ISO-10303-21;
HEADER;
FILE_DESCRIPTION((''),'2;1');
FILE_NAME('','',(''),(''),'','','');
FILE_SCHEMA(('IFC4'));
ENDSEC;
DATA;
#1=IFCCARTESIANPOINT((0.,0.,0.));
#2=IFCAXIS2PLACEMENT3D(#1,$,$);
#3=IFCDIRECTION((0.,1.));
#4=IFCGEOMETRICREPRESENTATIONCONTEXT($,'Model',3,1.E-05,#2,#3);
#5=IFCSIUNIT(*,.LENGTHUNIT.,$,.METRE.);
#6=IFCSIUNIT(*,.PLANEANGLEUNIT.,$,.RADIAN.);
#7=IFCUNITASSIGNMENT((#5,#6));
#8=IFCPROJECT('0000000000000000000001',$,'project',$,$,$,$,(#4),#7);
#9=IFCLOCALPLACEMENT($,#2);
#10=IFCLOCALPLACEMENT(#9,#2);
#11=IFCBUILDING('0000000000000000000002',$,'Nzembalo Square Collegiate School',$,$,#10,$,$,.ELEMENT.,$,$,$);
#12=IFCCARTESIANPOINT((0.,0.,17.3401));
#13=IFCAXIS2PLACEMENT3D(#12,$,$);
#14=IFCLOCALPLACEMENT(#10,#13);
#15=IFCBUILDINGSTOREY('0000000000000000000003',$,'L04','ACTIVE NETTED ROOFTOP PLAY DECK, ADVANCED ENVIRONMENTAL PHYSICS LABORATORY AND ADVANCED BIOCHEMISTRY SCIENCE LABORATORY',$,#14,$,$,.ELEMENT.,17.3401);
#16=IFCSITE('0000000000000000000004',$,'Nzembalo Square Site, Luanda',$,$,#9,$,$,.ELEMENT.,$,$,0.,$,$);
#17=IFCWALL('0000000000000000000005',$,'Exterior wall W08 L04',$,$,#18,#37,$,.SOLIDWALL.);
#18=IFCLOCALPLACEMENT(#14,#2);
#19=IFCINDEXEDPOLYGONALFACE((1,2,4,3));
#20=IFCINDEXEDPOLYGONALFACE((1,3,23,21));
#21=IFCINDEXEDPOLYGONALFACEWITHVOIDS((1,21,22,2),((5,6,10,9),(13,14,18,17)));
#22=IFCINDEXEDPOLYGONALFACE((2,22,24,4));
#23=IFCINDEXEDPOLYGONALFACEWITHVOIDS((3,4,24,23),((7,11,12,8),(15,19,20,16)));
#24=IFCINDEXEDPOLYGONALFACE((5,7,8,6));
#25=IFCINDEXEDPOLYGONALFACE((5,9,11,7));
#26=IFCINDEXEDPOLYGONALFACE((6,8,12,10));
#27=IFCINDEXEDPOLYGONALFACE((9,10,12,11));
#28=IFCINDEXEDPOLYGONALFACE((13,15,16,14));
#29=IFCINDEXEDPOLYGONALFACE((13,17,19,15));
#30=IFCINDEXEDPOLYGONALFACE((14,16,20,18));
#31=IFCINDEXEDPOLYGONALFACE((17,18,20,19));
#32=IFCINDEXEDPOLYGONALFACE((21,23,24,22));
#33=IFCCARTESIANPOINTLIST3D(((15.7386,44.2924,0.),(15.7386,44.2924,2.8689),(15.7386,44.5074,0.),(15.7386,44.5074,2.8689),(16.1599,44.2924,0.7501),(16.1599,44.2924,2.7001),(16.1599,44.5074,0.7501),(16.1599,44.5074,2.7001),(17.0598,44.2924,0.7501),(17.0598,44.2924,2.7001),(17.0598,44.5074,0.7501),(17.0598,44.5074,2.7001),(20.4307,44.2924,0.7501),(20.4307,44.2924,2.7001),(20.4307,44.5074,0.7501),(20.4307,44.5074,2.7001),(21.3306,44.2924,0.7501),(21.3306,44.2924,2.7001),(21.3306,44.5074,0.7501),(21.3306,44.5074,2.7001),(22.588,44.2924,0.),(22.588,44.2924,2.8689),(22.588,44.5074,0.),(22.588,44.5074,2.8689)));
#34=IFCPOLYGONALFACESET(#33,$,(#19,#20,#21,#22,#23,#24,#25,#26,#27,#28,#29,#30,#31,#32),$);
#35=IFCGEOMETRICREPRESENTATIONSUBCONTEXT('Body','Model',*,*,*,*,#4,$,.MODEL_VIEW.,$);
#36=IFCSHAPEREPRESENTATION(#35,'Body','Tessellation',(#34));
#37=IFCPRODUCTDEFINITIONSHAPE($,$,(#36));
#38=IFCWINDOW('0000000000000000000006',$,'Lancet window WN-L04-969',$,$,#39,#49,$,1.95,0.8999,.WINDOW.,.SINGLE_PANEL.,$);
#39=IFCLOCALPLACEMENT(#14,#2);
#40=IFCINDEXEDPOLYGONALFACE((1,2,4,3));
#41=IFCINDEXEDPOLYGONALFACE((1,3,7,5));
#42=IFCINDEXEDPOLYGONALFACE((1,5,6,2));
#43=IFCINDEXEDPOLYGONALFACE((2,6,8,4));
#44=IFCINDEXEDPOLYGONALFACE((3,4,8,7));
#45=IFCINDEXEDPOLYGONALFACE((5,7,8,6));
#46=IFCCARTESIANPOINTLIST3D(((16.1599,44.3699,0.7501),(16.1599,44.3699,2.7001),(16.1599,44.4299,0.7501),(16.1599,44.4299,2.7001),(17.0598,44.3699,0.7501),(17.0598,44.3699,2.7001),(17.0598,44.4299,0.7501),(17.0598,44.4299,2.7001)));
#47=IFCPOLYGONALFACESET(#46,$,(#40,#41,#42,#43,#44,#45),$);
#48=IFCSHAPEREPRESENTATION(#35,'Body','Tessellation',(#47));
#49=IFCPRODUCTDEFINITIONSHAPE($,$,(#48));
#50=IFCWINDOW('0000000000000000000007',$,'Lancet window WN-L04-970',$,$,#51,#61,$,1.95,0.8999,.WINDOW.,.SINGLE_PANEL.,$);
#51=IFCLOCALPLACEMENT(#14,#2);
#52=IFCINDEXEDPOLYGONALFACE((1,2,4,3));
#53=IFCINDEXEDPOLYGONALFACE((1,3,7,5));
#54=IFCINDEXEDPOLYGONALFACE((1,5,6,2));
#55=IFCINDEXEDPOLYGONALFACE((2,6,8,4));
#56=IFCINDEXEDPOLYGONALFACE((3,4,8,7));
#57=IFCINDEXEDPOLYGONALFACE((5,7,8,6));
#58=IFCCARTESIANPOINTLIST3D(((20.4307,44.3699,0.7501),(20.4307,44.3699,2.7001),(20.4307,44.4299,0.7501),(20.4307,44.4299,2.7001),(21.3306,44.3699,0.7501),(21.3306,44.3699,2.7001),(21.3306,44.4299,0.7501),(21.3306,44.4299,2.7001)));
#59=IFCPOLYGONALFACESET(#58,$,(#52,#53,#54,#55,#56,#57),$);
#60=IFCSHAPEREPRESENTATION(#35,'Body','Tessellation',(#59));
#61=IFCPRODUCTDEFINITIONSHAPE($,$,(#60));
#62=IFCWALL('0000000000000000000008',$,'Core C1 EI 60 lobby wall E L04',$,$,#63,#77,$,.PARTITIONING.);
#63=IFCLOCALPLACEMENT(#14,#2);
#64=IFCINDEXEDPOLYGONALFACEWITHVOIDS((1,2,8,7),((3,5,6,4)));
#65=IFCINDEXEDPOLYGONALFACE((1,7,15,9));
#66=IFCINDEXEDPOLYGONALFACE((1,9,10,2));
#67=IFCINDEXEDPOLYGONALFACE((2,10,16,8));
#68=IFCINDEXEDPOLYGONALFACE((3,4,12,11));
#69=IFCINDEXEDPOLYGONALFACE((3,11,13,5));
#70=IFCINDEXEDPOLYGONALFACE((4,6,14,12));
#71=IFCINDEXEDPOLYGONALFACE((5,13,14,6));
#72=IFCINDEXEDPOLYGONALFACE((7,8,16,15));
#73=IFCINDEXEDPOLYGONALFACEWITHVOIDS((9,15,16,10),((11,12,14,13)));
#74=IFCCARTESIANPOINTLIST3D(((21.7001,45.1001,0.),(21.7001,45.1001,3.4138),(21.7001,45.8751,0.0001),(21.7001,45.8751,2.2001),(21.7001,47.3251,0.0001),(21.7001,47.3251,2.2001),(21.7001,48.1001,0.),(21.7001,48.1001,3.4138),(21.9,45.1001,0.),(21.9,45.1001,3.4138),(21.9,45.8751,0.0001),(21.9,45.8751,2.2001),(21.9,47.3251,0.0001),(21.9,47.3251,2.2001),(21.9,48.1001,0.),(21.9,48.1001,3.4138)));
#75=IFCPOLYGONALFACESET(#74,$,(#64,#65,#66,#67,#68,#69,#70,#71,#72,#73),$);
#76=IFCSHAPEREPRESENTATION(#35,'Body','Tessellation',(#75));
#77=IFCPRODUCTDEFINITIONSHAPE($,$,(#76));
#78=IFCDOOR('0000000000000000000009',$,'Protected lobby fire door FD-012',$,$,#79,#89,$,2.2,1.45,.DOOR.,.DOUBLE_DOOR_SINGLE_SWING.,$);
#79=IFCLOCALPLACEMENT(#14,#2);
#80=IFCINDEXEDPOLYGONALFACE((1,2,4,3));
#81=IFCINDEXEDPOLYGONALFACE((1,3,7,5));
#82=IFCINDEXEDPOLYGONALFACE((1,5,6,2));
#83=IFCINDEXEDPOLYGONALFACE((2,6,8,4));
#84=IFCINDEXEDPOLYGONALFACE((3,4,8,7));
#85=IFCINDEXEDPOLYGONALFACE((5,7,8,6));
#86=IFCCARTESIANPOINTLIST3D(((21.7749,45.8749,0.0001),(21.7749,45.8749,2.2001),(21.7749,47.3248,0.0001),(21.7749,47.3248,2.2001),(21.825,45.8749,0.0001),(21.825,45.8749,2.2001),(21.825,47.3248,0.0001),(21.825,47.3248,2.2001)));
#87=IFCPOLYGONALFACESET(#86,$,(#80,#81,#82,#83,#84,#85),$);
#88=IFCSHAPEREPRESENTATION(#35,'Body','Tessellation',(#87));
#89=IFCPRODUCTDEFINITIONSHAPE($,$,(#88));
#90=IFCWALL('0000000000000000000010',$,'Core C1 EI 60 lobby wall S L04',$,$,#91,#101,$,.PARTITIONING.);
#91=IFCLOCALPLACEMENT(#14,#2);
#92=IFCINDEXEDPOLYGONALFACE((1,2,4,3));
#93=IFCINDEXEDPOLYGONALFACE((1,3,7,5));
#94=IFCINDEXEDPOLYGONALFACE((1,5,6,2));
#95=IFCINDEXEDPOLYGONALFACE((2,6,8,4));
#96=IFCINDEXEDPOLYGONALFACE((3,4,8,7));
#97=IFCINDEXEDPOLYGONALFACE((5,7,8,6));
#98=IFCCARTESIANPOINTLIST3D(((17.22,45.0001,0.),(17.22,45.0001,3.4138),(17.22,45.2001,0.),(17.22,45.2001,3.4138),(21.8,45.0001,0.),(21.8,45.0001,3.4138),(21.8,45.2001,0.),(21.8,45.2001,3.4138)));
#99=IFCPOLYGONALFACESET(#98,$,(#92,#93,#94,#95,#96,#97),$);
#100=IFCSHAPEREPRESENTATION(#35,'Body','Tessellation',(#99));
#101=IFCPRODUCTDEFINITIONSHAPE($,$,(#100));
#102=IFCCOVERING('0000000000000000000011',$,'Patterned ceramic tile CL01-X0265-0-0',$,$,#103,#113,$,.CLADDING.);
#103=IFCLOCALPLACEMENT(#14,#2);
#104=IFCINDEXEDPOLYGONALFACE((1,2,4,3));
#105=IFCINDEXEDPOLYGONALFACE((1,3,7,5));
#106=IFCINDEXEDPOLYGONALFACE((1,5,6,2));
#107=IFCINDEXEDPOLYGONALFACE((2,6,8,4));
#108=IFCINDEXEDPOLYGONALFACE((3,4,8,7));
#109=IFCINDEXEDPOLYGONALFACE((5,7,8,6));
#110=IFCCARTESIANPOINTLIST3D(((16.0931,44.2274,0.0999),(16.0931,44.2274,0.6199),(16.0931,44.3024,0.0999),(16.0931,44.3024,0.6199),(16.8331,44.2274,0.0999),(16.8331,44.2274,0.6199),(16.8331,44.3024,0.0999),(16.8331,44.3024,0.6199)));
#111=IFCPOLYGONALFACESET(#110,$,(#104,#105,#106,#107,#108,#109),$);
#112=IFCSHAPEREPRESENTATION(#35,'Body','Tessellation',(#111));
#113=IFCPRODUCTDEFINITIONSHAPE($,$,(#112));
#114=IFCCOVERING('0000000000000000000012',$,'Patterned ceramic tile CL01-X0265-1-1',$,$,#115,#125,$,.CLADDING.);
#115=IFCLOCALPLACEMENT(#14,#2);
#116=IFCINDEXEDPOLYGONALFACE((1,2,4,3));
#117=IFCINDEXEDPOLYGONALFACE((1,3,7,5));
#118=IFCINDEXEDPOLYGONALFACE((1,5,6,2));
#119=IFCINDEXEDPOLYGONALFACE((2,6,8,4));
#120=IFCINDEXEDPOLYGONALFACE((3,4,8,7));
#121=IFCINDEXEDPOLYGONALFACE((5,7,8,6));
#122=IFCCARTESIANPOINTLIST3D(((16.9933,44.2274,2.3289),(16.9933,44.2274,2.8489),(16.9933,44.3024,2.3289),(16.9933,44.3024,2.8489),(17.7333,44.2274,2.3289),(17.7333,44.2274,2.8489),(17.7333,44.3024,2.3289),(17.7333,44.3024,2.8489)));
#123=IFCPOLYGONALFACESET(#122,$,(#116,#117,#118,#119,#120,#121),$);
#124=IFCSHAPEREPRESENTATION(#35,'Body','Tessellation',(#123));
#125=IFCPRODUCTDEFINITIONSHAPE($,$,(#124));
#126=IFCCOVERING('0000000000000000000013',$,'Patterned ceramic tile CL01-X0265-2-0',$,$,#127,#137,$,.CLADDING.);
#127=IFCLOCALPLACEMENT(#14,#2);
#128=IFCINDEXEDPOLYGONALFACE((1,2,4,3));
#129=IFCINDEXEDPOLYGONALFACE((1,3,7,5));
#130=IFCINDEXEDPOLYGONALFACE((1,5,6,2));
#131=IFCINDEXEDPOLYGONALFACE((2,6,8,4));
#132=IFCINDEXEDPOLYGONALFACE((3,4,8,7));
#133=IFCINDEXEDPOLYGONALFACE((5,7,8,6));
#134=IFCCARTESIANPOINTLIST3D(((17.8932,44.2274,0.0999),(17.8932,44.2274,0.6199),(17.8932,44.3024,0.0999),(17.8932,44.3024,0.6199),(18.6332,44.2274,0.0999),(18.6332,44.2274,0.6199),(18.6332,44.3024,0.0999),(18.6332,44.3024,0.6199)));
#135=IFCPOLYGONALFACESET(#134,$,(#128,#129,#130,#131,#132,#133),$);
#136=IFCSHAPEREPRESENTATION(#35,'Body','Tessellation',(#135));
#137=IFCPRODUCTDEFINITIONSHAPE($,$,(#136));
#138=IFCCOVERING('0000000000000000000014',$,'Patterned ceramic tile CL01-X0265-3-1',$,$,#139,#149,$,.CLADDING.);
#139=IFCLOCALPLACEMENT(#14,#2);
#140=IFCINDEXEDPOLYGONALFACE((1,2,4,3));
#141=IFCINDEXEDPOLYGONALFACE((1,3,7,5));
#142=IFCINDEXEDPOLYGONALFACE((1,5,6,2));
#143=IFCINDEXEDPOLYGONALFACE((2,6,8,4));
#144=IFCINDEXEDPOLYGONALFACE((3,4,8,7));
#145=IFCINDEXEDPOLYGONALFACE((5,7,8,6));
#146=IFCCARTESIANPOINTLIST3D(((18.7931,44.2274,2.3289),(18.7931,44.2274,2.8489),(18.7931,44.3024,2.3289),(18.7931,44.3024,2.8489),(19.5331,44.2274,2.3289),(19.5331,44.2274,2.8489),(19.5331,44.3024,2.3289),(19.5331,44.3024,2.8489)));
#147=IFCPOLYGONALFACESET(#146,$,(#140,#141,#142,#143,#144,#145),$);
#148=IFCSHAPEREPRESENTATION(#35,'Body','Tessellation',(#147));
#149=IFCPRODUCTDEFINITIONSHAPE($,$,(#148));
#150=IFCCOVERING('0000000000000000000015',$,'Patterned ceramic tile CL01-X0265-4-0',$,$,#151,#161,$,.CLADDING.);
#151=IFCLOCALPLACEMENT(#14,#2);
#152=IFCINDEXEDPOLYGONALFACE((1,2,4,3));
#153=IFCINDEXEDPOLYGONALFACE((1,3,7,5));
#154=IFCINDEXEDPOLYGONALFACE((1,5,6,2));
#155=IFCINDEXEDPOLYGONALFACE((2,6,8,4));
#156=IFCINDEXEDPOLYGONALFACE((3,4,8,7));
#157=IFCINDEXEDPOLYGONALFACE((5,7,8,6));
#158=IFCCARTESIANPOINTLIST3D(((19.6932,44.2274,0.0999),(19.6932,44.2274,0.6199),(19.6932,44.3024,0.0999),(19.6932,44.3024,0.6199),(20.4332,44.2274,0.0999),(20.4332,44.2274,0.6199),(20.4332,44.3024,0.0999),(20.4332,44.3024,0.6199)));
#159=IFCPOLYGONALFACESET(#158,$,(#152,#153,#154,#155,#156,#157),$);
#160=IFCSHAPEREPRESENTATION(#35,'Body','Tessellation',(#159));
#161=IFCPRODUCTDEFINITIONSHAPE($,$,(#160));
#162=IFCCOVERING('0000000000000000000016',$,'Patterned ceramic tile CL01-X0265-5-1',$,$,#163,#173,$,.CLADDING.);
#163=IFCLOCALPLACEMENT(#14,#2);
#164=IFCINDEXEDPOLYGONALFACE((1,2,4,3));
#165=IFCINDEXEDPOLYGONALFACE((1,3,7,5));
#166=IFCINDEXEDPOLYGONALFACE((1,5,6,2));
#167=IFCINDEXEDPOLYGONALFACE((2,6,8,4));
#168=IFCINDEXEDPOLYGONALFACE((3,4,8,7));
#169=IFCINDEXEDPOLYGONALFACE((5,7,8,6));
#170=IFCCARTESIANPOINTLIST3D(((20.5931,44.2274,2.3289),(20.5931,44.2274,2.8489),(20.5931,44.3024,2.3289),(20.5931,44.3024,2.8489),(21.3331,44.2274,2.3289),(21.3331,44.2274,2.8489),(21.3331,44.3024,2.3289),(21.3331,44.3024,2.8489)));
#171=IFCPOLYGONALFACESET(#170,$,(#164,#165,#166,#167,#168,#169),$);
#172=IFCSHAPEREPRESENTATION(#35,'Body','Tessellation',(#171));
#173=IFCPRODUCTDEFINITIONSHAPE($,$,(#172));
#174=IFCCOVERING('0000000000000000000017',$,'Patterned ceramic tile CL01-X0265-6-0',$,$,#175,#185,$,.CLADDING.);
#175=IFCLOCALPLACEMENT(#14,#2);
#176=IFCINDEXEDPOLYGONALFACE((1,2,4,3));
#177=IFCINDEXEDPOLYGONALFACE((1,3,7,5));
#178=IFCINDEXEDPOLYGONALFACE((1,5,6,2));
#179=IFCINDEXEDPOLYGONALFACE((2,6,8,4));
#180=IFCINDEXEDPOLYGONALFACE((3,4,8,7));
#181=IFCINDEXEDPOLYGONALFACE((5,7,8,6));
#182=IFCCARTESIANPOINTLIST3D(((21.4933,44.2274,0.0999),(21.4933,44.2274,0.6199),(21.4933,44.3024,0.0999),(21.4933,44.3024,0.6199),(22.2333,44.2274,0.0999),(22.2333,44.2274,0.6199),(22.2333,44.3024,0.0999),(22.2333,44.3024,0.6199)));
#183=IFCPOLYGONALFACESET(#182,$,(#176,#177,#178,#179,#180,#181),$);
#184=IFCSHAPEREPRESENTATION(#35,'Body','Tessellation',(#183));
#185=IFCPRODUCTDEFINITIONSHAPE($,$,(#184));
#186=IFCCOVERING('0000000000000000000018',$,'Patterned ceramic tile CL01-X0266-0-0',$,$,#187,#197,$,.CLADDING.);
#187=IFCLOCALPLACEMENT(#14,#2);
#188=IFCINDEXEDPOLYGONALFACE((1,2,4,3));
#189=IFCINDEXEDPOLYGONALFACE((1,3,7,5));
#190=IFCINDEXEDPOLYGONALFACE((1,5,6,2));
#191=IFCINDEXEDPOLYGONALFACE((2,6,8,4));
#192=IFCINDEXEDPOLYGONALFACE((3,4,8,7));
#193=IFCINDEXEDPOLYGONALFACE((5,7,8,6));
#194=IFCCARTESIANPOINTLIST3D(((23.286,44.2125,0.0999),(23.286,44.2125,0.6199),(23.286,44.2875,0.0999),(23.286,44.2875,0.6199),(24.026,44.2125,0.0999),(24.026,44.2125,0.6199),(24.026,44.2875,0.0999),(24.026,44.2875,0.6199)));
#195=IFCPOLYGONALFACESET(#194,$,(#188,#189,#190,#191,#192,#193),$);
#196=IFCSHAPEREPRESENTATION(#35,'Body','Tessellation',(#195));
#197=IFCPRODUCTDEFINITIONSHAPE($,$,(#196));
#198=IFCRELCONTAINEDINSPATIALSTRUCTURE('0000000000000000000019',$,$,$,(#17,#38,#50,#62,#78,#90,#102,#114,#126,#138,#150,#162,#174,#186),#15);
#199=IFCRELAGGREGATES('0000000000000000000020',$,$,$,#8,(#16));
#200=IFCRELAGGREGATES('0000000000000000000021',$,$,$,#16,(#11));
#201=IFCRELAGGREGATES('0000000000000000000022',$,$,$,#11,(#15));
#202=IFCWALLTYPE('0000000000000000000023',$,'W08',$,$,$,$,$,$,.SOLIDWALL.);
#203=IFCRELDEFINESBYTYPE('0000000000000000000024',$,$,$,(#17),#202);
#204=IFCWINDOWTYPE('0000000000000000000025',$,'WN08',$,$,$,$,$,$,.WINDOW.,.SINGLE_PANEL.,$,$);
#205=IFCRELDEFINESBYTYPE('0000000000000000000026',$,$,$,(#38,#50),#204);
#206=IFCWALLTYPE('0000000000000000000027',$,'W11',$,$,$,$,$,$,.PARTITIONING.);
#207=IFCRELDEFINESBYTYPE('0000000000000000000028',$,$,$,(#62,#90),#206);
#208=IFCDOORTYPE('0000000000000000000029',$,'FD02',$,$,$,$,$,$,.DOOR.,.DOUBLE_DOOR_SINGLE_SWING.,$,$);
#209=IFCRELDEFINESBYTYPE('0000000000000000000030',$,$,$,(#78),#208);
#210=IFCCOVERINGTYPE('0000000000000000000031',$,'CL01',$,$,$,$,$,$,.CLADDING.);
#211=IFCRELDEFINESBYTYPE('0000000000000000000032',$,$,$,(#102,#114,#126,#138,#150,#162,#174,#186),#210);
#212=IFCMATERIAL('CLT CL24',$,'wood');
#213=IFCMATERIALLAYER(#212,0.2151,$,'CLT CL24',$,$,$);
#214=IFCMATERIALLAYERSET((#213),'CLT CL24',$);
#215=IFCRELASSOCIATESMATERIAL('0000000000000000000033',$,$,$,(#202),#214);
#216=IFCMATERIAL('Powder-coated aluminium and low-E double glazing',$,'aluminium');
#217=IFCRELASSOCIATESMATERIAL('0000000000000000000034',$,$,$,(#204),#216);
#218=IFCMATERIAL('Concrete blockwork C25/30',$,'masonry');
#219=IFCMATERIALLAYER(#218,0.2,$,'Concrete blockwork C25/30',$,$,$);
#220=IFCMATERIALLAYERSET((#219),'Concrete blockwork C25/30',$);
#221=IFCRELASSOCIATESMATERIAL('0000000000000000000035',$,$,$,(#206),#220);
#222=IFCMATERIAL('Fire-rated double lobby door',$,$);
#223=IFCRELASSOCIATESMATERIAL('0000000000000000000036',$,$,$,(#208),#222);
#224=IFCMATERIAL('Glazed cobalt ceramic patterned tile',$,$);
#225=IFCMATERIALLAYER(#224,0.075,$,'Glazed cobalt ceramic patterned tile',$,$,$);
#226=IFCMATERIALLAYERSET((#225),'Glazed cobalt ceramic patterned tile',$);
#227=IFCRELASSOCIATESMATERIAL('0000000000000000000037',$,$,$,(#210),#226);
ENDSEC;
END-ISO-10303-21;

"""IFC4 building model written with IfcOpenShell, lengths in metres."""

from ifc_helpers import new_model, si_unit, direction, frame, frame_2d, origin, origin_2d, place, context, subcontext, project, spatial, rectangle, extrude, material, layer, layer_set, type_object, element, fill, save


model = new_model("IFC4")

# Units and contexts
model_context = context("Model", 3, precision=1e-05, world=origin(), true_north=direction((0.0, 1.0)))
body_context = subcontext(model_context, "Body", "Model", "MODEL_VIEW")
ifc_project = project(units=[si_unit("LENGTHUNIT", "METRE"), si_unit("PLANEANGLEUNIT", "RADIAN")], contexts=[model_context])

# Site, building, storey
site_placement = place(None, origin())
site = spatial("IfcSite", under=ifc_project, at=site_placement, Name="Nzembalo Square Site, Luanda", CompositionType="ELEMENT", RefElevation=0.0)
building_placement = place(site_placement, origin())
building = spatial("IfcBuilding", under=site, at=building_placement, Name="Nzembalo Square Collegiate School", CompositionType="ELEMENT")
storey_placement = place(building_placement, frame((0.0, 0.0, 17.3401)))
storey = spatial("IfcBuildingStorey", under=building, at=storey_placement, Name="L04", Description="ACTIVE NETTED ROOFTOP PLAY DECK, ADVANCED ENVIRONMENTAL PHYSICS LABORATORY AND ADVANCED BIOCHEMISTRY SCIENCE LABORATORY", CompositionType="ELEMENT", Elevation=17.3401)

# Wall, openings, windows
ifc_material_1 = material(Name="CLT CL24", Category="wood")
ifc_layer_1 = layer(ifc_material_1, 0.2151, Name="CLT CL24")
ifc_layer_set_1 = layer_set([ifc_layer_1], Name="CLT CL24")
wall_type_1 = type_object("IfcWallType", Name="W08", PredefinedType="SOLIDWALL", material=ifc_layer_set_1)
wall_1_placement = place(storey_placement, frame((15.7385, 44.3999, 0.0), z_axis=(0.0, 0.0, 1.0), x_axis=(1.0, 0.0, 0.0)))
wall_1 = element("IfcWall", 1, at=wall_1_placement, inside=storey, type_object=wall_type_1, Name="Exterior wall W08 L04", PredefinedType="SOLIDWALL", context=body_context, shape_type="SweptSolid", body=[
    extrude(rectangle(XDim=6.8494, YDim=0.2151, at=frame_2d((3.4248, 0.0))), origin(), (0.0, 0.0, 1.0), 2.8689),
])
opening_1_placement = place(wall_1_placement, frame((0.4214, 0.0, 0.75)))
opening_1 = element("IfcOpeningElement", 2, at=opening_1_placement, cuts=wall_1, PredefinedType="OPENING", context=body_context, shape_type="SweptSolid", body=[
    extrude(rectangle(XDim=0.8999, YDim=1.95, at=frame_2d((0.45, 0.9751))), frame((0.0, 0.1177, 0.0), z_axis=(0.0, -1.0, 0.0), x_axis=(1.0, 0.0, 0.0)), (0.0, 0.0, 1.0), 0.2351),
])
opening_2_placement = place(wall_1_placement, frame((4.6921, 0.0, 0.75)))
opening_2 = element("IfcOpeningElement", 3, at=opening_2_placement, cuts=wall_1, PredefinedType="OPENING", context=body_context, shape_type="SweptSolid", body=[
    extrude(rectangle(XDim=0.8999, YDim=1.95, at=frame_2d((0.45, 0.9751))), frame((0.0, 0.1177, 0.0), z_axis=(0.0, -1.0, 0.0), x_axis=(1.0, 0.0, 0.0)), (0.0, 0.0, 1.0), 0.2351),
])
ifc_material_2 = material(Name="Powder-coated aluminium and low-E double glazing", Category="aluminium")
window_type_1 = type_object("IfcWindowType", Name="WN08", PartitioningType="SINGLE_PANEL", PredefinedType="WINDOW", material=ifc_material_2)
window_1_placement = place(opening_1_placement, origin())
window_1 = element("IfcWindow", 4, at=window_1_placement, inside=storey, type_object=window_type_1, Name="Lancet window WN-L04-969", OverallHeight=1.95, OverallWidth=0.8999, PartitioningType="SINGLE_PANEL", PredefinedType="WINDOW", context=body_context, shape_type="SweptSolid", body=[
    extrude(rectangle(XDim=0.8999, YDim=1.95, at=frame_2d((0.45, 0.9751))), frame((0.0, 0.03, 0.0), z_axis=(0.0, -1.0, 0.0), x_axis=(1.0, 0.0, 0.0)), (0.0, 0.0, 1.0), 0.0601),
])
fill(opening_1, window_1)
window_2_placement = place(opening_2_placement, origin())
window_2 = element("IfcWindow", 5, at=window_2_placement, inside=storey, type_object=window_type_1, Name="Lancet window WN-L04-970", OverallHeight=1.95, OverallWidth=0.8999, PartitioningType="SINGLE_PANEL", PredefinedType="WINDOW", context=body_context, shape_type="SweptSolid", body=[
    extrude(rectangle(XDim=0.8999, YDim=1.95, at=frame_2d((0.45, 0.9751))), frame((0.0, 0.03, 0.0), z_axis=(0.0, -1.0, 0.0), x_axis=(1.0, 0.0, 0.0)), (0.0, 0.0, 1.0), 0.0601),
])
fill(opening_2, window_2)

# Wall, opening, door
ifc_material_3 = material(Name="Concrete blockwork C25/30", Category="masonry")
ifc_layer_2 = layer(ifc_material_3, 0.2, Name="Concrete blockwork C25/30")
ifc_layer_set_2 = layer_set([ifc_layer_2], Name="Concrete blockwork C25/30")
wall_type_2 = type_object("IfcWallType", Name="W11", PredefinedType="PARTITIONING", material=ifc_layer_set_2)
wall_2_placement = place(storey_placement, frame((21.8, 45.1001, 0.0), z_axis=(0.0, 0.0, 1.0), x_axis=(0.0, 1.0, 0.0)))
wall_2 = element("IfcWall", 6, at=wall_2_placement, inside=storey, type_object=wall_type_2, Name="Core C1 EI 60 lobby wall E L04", PredefinedType="PARTITIONING", context=body_context, shape_type="SweptSolid", body=[
    extrude(rectangle(XDim=3.0, YDim=0.2, at=frame_2d((1.5, 0.0))), origin(), (0.0, 0.0, 1.0), 3.4138),
])
opening_3_placement = place(wall_2_placement, frame((0.7749, 0.0, 0.0)))
opening_3 = element("IfcOpeningElement", 7, at=opening_3_placement, cuts=wall_2, PredefinedType="OPENING", context=body_context, shape_type="SweptSolid", body=[
    extrude(rectangle(XDim=1.45, YDim=2.2, at=frame_2d((0.7251, 1.1001))), frame((0.0, 0.1099, 0.0), z_axis=(0.0, -1.0, 0.0), x_axis=(1.0, 0.0, 0.0)), (0.0, 0.0, 1.0), 0.22),
])
ifc_material_4 = material(Name="Fire-rated double lobby door")
door_type_1 = type_object("IfcDoorType", Name="FD02", OperationType="DOUBLE_DOOR_SINGLE_SWING", PredefinedType="DOOR", material=ifc_material_4)
door_1_placement = place(opening_3_placement, frame((1.45, 0.0, 0.0), z_axis=(0.0, 0.0, 1.0), x_axis=(-1.0, 0.0, 0.0)))
door_1 = element("IfcDoor", 8, at=door_1_placement, inside=storey, type_object=door_type_1, Name="Protected lobby fire door FD-012", OperationType="DOUBLE_DOOR_SINGLE_SWING", OverallHeight=2.2, OverallWidth=1.45, PredefinedType="DOOR", context=body_context, shape_type="SweptSolid", body=[
    extrude(rectangle(XDim=1.45, YDim=2.2, at=frame_2d((0.7251, 1.1001))), frame((0.0, 0.0249, 0.0), z_axis=(0.0, -1.0, 0.0), x_axis=(1.0, 0.0, 0.0)), (0.0, 0.0, 1.0), 0.05),
])
fill(opening_3, door_1)

# Wall
wall_3_placement = place(storey_placement, frame((17.22, 45.1001, 0.0), z_axis=(0.0, 0.0, 1.0), x_axis=(1.0, 0.0, 0.0)))
element("IfcWall", 9, at=wall_3_placement, inside=storey, type_object=wall_type_2, Name="Core C1 EI 60 lobby wall S L04", PredefinedType="PARTITIONING", context=body_context, shape_type="SweptSolid", body=[
    extrude(rectangle(XDim=4.5801, YDim=0.2, at=frame_2d((2.29, 0.0))), origin(), (0.0, 0.0, 1.0), 3.4138),
])

# Coverings
ifc_material_5 = material(Name="Glazed cobalt ceramic patterned tile")
ifc_layer_3 = layer(ifc_material_5, 0.075, Name="Glazed cobalt ceramic patterned tile")
ifc_layer_set_3 = layer_set([ifc_layer_3], Name="Glazed cobalt ceramic patterned tile")
covering_type_1 = type_object("IfcCoveringType", Name="CL01", PredefinedType="CLADDING", material=ifc_layer_set_3)
for number, where, z_axis, x_axis, name in (
    (10, (16.4631, 44.2649, 0.0999), (0.0, 0.0, 1.0), (1.0, 0.0, 0.0), "Patterned ceramic tile CL01-X0265-0-0"),
    (11, (17.3633, 44.2649, 2.3289), (0.0, 0.0, 1.0), (1.0, 0.0, 0.0), "Patterned ceramic tile CL01-X0265-1-1"),
    (12, (18.2632, 44.2649, 0.0999), (0.0, 0.0, 1.0), (1.0, 0.0, 0.0), "Patterned ceramic tile CL01-X0265-2-0"),
    (13, (19.1631, 44.2649, 2.3289), (0.0, 0.0, 1.0), (1.0, 0.0, 0.0), "Patterned ceramic tile CL01-X0265-3-1"),
    (14, (20.0632, 44.2649, 0.0999), (0.0, 0.0, 1.0), (1.0, 0.0, 0.0), "Patterned ceramic tile CL01-X0265-4-0"),
    (15, (20.9631, 44.2649, 2.3289), (0.0, 0.0, 1.0), (1.0, 0.0, 0.0), "Patterned ceramic tile CL01-X0265-5-1"),
    (16, (21.8633, 44.2649, 0.0999), (0.0, 0.0, 1.0), (1.0, 0.0, 0.0), "Patterned ceramic tile CL01-X0265-6-0"),
    (17, (23.656, 44.25, 0.0999), (0.0, 0.0, 1.0), (1.0, 0.0, 0.0), "Patterned ceramic tile CL01-X0266-0-0"),
):
    element("IfcCovering", number, at=place(storey_placement, frame(where, z_axis=z_axis, x_axis=x_axis)), inside=storey, type_object=covering_type_1, Name=name, PredefinedType="CLADDING", context=body_context, shape_type="SweptSolid", body=[
        extrude(rectangle(XDim=0.74, YDim=0.075, at=origin_2d()), origin(), (0.0, 0.0, 1.0), 0.52),
    ])

save(model, "model.ifc")
